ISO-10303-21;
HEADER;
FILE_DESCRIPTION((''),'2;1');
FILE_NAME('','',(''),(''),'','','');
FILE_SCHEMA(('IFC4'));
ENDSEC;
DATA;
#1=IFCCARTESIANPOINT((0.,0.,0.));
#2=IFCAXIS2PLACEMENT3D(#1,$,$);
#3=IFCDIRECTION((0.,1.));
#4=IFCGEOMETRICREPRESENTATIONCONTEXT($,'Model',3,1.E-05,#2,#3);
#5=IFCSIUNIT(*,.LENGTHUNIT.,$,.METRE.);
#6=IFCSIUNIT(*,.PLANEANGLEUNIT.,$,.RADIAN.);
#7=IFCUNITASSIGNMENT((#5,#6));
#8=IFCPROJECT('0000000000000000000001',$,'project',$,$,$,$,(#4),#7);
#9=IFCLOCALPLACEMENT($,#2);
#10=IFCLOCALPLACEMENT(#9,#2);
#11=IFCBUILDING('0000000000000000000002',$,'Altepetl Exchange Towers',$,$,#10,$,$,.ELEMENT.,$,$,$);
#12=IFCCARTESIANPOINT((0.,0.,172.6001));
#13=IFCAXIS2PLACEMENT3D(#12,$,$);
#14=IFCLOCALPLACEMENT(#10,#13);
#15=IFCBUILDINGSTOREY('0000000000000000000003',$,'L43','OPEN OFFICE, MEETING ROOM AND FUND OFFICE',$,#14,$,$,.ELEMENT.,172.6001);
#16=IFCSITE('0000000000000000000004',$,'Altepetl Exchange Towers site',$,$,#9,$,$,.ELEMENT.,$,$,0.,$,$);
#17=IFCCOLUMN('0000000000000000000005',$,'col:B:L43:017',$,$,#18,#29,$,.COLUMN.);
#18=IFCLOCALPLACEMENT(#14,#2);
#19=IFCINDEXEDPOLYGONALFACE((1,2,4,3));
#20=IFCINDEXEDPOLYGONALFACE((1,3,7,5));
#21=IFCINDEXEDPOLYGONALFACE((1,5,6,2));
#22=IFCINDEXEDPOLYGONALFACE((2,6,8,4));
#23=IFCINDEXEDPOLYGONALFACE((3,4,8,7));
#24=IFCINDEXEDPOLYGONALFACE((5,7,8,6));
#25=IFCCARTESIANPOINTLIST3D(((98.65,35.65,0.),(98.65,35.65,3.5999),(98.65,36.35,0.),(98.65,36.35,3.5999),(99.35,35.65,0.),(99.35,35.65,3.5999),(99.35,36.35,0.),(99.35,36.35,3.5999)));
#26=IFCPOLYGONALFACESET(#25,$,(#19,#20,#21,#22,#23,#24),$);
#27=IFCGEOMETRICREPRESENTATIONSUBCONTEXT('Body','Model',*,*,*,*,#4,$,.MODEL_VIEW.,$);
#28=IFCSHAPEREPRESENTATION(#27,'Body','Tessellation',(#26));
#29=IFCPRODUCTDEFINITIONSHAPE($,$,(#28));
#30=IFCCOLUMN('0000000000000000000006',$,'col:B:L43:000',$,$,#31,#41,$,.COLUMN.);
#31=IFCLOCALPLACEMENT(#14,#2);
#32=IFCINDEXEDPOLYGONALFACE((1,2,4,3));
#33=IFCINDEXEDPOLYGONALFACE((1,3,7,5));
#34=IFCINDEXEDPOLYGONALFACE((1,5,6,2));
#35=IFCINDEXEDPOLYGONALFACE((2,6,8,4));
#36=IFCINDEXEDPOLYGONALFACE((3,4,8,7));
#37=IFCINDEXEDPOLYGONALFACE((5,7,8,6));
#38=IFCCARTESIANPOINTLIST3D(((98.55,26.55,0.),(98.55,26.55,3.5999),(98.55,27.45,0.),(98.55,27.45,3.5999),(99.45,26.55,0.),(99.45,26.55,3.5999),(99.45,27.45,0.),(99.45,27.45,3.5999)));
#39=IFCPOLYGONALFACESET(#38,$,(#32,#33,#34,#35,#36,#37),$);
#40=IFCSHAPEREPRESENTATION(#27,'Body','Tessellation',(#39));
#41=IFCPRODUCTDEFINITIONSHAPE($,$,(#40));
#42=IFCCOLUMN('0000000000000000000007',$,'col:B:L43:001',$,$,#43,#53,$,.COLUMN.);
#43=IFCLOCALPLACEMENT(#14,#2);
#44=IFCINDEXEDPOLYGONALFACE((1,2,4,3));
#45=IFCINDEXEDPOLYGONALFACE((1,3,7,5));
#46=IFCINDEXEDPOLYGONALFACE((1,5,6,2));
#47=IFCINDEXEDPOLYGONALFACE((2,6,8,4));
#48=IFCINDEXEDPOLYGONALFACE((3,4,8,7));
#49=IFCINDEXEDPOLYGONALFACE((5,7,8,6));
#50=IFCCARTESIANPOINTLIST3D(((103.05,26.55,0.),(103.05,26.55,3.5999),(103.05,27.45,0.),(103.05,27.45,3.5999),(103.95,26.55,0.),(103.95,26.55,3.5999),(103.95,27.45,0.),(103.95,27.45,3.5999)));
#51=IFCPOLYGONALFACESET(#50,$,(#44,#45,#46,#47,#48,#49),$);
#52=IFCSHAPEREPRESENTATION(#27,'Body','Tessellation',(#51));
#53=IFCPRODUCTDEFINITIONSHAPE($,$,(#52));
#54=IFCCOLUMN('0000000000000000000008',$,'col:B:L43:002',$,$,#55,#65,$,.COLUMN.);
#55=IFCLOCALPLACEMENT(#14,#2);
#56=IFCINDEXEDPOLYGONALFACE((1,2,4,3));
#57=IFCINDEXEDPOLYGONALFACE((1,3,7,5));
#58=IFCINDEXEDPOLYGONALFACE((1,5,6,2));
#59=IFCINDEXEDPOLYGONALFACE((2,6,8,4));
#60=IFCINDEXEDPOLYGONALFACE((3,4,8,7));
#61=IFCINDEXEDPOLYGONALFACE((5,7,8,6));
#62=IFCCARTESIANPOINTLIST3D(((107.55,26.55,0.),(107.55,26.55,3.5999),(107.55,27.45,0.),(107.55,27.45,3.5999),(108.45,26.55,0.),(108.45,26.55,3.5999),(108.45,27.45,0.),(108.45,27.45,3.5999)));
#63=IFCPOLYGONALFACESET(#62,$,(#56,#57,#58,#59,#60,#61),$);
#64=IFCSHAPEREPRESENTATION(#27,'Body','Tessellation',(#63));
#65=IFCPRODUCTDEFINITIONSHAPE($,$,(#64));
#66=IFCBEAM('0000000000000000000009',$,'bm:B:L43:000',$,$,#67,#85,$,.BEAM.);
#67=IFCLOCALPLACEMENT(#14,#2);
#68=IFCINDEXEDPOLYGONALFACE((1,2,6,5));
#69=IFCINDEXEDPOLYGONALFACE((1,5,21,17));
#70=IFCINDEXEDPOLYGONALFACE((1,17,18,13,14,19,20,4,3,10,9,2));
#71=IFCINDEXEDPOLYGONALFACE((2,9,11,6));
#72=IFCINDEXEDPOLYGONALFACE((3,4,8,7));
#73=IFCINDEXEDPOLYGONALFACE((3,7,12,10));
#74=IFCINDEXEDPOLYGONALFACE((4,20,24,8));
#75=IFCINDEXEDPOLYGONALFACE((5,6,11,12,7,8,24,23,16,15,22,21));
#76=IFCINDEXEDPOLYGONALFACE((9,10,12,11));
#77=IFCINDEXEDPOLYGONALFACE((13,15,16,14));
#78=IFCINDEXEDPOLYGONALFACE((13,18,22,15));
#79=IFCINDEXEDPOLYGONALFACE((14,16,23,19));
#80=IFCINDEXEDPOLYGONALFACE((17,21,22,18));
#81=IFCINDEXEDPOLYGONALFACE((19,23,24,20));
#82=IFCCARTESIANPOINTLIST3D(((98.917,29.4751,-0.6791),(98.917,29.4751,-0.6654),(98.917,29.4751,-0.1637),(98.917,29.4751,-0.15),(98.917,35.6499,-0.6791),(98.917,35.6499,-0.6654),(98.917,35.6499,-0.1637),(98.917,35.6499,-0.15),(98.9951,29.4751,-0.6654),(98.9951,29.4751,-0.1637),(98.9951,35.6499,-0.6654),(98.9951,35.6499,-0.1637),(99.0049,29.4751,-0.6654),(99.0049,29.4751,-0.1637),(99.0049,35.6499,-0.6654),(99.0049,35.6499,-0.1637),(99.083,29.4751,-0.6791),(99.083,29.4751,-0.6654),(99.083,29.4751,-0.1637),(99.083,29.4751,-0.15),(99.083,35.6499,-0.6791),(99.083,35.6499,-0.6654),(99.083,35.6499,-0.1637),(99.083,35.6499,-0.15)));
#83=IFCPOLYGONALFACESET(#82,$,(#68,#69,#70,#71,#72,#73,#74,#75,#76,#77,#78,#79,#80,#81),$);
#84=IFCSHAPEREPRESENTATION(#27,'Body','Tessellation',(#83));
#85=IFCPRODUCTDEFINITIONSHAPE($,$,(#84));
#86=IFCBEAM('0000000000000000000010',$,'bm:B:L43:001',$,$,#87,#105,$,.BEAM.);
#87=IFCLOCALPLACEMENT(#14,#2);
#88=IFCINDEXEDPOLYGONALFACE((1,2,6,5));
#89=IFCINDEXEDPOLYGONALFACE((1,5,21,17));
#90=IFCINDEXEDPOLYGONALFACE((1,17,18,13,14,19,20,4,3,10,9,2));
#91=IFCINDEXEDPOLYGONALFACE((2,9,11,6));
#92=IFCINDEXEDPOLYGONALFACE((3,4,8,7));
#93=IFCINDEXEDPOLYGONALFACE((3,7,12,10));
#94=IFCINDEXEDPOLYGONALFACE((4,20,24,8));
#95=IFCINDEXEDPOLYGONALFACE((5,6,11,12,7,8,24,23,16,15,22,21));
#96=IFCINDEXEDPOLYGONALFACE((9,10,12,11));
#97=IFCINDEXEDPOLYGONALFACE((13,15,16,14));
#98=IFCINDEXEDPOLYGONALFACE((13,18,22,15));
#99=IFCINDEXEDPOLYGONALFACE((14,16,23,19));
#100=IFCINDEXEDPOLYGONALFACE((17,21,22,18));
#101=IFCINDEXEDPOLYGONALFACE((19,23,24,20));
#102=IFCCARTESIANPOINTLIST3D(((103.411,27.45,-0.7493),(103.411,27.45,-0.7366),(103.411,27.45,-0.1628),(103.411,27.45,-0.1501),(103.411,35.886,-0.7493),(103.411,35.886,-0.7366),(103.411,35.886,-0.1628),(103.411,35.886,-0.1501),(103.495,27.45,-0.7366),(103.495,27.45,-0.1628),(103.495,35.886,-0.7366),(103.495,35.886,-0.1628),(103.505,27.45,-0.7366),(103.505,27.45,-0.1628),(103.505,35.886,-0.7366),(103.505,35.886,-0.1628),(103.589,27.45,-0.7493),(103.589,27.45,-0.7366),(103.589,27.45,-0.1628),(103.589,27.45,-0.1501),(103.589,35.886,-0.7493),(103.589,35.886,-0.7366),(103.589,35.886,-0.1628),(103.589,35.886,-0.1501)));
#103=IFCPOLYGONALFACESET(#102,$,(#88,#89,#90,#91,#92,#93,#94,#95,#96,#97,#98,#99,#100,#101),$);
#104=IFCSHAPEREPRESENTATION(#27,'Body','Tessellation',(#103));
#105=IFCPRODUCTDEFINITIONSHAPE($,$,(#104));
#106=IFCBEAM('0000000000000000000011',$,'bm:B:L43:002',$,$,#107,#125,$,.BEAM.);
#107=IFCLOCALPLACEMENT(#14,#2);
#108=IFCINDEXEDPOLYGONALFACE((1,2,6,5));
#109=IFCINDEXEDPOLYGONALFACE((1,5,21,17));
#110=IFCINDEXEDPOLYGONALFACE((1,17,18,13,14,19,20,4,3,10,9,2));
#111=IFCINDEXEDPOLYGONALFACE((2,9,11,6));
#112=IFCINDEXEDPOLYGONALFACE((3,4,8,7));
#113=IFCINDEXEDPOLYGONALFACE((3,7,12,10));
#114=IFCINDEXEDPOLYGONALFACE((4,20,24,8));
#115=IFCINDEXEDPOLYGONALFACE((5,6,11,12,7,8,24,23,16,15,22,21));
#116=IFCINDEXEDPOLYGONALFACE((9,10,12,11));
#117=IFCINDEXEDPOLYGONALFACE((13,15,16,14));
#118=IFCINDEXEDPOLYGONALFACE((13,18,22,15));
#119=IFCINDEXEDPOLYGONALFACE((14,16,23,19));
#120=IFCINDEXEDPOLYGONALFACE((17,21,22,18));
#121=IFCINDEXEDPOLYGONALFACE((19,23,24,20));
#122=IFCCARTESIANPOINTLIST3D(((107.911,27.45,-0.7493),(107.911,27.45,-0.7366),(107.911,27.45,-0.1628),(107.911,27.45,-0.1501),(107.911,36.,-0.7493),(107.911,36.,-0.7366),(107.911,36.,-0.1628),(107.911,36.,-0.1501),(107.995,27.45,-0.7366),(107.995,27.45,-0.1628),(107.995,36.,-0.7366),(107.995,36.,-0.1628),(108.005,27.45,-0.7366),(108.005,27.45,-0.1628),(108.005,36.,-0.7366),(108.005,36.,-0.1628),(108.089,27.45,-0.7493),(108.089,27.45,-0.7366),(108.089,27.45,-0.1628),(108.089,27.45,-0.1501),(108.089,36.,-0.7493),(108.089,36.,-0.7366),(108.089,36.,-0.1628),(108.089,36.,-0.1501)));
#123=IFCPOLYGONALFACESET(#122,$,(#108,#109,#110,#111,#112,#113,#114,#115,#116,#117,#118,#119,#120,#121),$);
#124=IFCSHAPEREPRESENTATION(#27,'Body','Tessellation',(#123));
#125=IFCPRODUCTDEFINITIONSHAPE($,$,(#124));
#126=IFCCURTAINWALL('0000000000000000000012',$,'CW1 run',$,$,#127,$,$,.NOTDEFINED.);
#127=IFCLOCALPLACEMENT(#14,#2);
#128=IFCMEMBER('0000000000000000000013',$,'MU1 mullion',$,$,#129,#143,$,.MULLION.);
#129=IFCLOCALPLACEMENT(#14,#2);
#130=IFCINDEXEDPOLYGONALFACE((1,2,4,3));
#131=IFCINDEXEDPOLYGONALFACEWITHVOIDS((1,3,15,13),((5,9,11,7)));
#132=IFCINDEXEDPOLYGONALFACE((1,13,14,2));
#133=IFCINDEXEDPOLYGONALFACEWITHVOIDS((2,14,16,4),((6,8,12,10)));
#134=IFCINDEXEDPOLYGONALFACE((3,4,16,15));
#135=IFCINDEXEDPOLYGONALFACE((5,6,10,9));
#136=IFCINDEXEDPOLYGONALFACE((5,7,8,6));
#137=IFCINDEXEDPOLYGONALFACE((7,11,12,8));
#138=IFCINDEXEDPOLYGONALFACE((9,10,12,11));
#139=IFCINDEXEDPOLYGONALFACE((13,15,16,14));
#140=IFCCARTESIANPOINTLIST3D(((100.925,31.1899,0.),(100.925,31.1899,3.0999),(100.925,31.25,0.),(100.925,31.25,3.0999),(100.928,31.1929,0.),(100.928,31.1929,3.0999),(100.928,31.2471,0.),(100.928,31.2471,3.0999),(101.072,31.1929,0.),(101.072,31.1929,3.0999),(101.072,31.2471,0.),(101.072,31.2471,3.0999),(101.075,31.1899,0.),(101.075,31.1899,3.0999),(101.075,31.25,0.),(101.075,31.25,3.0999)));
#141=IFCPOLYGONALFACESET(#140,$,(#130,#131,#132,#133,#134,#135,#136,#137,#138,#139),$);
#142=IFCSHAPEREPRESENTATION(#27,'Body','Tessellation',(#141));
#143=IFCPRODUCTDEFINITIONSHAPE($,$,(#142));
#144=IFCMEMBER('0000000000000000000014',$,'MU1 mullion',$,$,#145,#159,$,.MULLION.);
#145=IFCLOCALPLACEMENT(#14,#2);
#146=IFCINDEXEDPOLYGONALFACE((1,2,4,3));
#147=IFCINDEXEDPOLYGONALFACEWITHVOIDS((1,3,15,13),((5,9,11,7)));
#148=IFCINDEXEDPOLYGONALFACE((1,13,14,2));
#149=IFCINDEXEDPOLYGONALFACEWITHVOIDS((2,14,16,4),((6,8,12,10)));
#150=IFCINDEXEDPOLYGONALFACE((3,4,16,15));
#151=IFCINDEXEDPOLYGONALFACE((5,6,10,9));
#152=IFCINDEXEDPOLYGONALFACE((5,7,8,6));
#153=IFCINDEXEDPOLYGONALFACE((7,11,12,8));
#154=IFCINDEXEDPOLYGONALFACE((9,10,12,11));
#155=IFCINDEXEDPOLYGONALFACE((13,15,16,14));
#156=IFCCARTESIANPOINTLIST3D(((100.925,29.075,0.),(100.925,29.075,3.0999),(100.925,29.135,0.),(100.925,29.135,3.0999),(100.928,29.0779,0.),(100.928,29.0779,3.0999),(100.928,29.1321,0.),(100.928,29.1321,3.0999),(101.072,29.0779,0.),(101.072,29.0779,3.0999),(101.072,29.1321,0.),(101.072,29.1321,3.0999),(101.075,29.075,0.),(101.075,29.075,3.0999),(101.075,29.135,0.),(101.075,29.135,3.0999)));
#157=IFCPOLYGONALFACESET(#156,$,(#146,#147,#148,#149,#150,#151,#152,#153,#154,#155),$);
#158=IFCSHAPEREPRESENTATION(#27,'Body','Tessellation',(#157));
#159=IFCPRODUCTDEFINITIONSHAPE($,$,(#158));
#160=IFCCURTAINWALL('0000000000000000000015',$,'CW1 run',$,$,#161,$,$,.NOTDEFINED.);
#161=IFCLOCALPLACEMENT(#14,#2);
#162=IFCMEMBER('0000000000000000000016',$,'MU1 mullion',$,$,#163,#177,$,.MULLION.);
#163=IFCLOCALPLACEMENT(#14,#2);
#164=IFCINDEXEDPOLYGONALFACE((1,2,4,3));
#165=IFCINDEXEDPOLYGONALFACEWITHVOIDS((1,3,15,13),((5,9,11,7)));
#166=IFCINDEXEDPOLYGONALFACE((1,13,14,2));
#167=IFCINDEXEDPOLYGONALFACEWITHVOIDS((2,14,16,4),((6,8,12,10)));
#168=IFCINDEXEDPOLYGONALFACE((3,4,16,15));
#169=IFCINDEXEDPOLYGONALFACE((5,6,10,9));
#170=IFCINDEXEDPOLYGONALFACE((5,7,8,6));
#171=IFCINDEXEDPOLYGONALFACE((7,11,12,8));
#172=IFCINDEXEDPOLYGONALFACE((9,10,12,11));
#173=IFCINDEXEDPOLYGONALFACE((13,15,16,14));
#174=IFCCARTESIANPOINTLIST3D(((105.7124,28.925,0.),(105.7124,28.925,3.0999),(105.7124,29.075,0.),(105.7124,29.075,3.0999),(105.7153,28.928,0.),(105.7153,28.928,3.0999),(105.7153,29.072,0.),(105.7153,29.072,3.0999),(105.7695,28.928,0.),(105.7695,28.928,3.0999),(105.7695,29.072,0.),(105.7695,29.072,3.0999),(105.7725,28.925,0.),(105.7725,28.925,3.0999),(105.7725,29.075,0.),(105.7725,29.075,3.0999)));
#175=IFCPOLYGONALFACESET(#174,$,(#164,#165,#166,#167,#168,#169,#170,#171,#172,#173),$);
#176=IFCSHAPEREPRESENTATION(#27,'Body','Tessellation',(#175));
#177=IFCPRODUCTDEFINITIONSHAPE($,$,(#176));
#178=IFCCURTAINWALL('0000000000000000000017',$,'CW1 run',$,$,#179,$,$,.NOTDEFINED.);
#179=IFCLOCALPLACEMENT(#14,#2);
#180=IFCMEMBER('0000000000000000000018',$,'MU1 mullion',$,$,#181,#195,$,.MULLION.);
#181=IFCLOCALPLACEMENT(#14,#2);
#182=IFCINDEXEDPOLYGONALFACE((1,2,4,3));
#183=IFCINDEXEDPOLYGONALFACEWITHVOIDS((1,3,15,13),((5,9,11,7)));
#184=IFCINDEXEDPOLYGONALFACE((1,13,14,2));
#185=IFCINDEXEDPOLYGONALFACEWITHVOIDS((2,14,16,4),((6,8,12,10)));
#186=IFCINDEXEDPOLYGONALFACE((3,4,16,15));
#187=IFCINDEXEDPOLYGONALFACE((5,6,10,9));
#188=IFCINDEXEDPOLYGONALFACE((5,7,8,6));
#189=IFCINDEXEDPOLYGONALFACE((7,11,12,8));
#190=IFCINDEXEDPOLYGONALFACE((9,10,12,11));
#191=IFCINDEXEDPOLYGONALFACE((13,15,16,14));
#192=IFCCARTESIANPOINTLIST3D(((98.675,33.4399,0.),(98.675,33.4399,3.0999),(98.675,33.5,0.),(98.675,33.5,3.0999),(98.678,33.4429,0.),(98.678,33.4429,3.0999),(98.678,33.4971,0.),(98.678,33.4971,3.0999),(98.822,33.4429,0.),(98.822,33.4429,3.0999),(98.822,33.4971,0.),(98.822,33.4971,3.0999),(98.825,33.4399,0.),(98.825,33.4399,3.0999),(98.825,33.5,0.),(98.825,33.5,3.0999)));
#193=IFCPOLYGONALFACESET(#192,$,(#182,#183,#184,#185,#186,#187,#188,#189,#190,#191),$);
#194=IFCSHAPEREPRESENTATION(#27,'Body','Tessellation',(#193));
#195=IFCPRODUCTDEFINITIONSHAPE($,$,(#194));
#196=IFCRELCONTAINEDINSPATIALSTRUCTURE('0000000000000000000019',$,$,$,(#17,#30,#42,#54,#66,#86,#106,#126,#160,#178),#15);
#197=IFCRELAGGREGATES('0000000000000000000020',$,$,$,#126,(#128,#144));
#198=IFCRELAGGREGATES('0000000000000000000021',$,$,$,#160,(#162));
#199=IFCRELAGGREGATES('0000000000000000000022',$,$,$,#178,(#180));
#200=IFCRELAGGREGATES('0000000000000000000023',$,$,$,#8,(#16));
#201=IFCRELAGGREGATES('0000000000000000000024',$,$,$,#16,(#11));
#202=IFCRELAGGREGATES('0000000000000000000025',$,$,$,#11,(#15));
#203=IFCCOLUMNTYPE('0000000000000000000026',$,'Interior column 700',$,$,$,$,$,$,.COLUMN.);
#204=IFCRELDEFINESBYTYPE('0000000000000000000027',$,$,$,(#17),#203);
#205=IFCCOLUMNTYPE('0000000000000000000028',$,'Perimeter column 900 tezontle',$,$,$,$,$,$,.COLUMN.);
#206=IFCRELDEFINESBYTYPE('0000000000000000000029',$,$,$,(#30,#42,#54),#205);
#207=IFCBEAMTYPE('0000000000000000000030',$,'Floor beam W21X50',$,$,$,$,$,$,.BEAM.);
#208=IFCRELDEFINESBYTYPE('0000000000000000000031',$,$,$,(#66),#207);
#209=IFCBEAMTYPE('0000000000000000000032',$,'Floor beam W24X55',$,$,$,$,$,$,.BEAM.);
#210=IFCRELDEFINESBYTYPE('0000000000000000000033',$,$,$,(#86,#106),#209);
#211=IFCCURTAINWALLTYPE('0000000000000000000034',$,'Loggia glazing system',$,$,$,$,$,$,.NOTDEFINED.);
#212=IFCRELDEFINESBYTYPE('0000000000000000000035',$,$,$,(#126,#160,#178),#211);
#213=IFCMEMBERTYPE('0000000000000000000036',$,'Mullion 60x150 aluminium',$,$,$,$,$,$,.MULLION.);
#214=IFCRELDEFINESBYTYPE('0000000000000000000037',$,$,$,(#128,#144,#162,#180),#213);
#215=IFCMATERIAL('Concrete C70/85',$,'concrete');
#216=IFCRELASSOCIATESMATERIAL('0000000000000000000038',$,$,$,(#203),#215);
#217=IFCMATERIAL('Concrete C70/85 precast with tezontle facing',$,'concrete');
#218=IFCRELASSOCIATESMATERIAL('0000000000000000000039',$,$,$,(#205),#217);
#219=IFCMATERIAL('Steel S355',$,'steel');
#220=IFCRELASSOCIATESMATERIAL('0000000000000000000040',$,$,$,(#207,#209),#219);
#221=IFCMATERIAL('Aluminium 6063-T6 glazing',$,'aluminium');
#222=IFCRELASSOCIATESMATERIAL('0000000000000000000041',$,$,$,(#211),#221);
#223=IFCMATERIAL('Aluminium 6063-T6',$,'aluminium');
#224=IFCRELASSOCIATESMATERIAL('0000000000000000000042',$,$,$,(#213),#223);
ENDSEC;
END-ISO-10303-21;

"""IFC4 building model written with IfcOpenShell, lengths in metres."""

from ifc_helpers import new_model, si_unit, direction, frame, origin, origin_2d, place, context, subcontext, project, spatial, rectangle, hollow_rectangle, i_section, extrude, material, material_profile, profile_set, type_object, element, aggregate, save


model = new_model("IFC4")

# Units and contexts
model_context = context("Model", 3, precision=1e-05, world=origin(), true_north=direction((0.0, 1.0)))
body_context = subcontext(model_context, "Body", "Model", "MODEL_VIEW")
ifc_project = project(units=[si_unit("LENGTHUNIT", "METRE"), si_unit("PLANEANGLEUNIT", "RADIAN")], contexts=[model_context])

# Site, building, storey
site_placement = place(None, origin())
site = spatial("IfcSite", under=ifc_project, at=site_placement, Name="Altepetl Exchange Towers site", CompositionType="ELEMENT", RefElevation=0.0)
building_placement = place(site_placement, origin())
building = spatial("IfcBuilding", under=site, at=building_placement, Name="Altepetl Exchange Towers", CompositionType="ELEMENT")
storey_placement = place(building_placement, frame((0.0, 0.0, 172.6001)))
storey = spatial("IfcBuildingStorey", under=building, at=storey_placement, Name="L43", Description="OPEN OFFICE, MEETING ROOM AND FUND OFFICE", CompositionType="ELEMENT", Elevation=172.6001)

# Columns
ifc_material_1 = material(Name="Concrete C70/85", Category="concrete")
ifc_material_profile_1 = material_profile(ifc_material_1, rectangle(XDim=0.7, YDim=0.7, at=origin_2d()), Name="700 x 700")
ifc_profile_set_1 = profile_set([ifc_material_profile_1], Name="Concrete C70/85")
column_type_1 = type_object("IfcColumnType", Name="Interior column 700", PredefinedType="COLUMN", material=ifc_profile_set_1)
column_placement = place(storey_placement, frame((99.0, 36.0, 0.0)))
element("IfcColumn", 1, at=column_placement, inside=storey, type_object=column_type_1, Name="col:B:L43:017", PredefinedType="COLUMN", context=body_context, shape_type="SweptSolid", body=[
    extrude(rectangle(XDim=0.7, YDim=0.7, at=origin_2d()), origin(), (0.0, 0.0, 1.0), 3.5999),
])
ifc_material_2 = material(Name="Concrete C70/85 precast with tezontle facing", Category="concrete")
ifc_material_profile_2 = material_profile(ifc_material_2, rectangle(XDim=0.8999, YDim=0.8999, at=origin_2d()), Name="900 x 900")
ifc_profile_set_2 = profile_set([ifc_material_profile_2], Name="Concrete C70/85 precast with tezontle facing")
column_type_2 = type_object("IfcColumnType", Name="Perimeter column 900 tezontle", PredefinedType="COLUMN", material=ifc_profile_set_2)
for number, where, name in (
    (2, (99.0, 27.0, 0.0), "col:B:L43:000"),
    (3, (103.5, 27.0, 0.0), "col:B:L43:001"),
    (4, (108.0, 27.0, 0.0), "col:B:L43:002"),
):
    element("IfcColumn", number, at=place(storey_placement, frame(where)), inside=storey, type_object=column_type_2, Name=name, PredefinedType="COLUMN", context=body_context, shape_type="SweptSolid", body=[
        extrude(rectangle(XDim=0.8999, YDim=0.8999, at=origin_2d()), origin(), (0.0, 0.0, 1.0), 3.5999),
    ])

# Beams
ifc_material_3 = material(Name="Steel S355", Category="steel")
ifc_material_profile_3 = material_profile(ifc_material_3, i_section(OverallWidth=0.166, OverallDepth=0.5291, WebThickness=0.0098, FlangeThickness=0.0137, at=origin_2d()), Name="W21X50")
ifc_profile_set_3 = profile_set([ifc_material_profile_3], Name="Steel S355")
beam_type_1 = type_object("IfcBeamType", Name="Floor beam W21X50", PredefinedType="BEAM", material=ifc_profile_set_3)
beam_1_placement = place(storey_placement, frame((99.0, 29.4751, -0.4146), z_axis=(0.0, 1.0, 0.0), x_axis=(-1.0, 0.0, 0.0)))
element("IfcBeam", 5, at=beam_1_placement, inside=storey, type_object=beam_type_1, Name="bm:B:L43:000", PredefinedType="BEAM", context=body_context, shape_type="SweptSolid", body=[
    extrude(i_section(OverallWidth=0.166, OverallDepth=0.5291, WebThickness=0.0098, FlangeThickness=0.0137, at=origin_2d()), origin(), (0.0, 0.0, 1.0), 6.1748),
])
ifc_material_profile_4 = material_profile(ifc_material_3, i_section(OverallWidth=0.178, OverallDepth=0.5991, WebThickness=0.01, FlangeThickness=0.0127, at=origin_2d()), Name="W24X55")
ifc_profile_set_4 = profile_set([ifc_material_profile_4], Name="Steel S355")
beam_type_2 = type_object("IfcBeamType", Name="Floor beam W24X55", PredefinedType="BEAM", material=ifc_profile_set_4)
beam_2_placement = place(storey_placement, frame((103.5, 27.45, -0.4497), z_axis=(0.0, 1.0, 0.0), x_axis=(-1.0, 0.0, 0.0)))
element("IfcBeam", 6, at=beam_2_placement, inside=storey, type_object=beam_type_2, Name="bm:B:L43:001", PredefinedType="BEAM", context=body_context, shape_type="SweptSolid", body=[
    extrude(i_section(OverallWidth=0.178, OverallDepth=0.5991, WebThickness=0.01, FlangeThickness=0.0127, at=origin_2d()), origin(), (0.0, 0.0, 1.0), 8.436),
])
beam_3_placement = place(storey_placement, frame((108.0, 27.45, -0.4497), z_axis=(0.0, 1.0, 0.0), x_axis=(-1.0, 0.0, 0.0)))
element("IfcBeam", 7, at=beam_3_placement, inside=storey, type_object=beam_type_2, Name="bm:B:L43:002", PredefinedType="BEAM", context=body_context, shape_type="SweptSolid", body=[
    extrude(i_section(OverallWidth=0.178, OverallDepth=0.5991, WebThickness=0.01, FlangeThickness=0.0127, at=origin_2d()), origin(), (0.0, 0.0, 1.0), 8.55),
])

# Curtain wall, members
ifc_material_4 = material(Name="Aluminium 6063-T6 glazing", Category="aluminium")
curtain_wall_type = type_object("IfcCurtainWallType", Name="Loggia glazing system", PredefinedType="NOTDEFINED", material=ifc_material_4)
curtain_wall_1_placement = place(storey_placement, origin())
curtain_wall_1 = element("IfcCurtainWall", 8, at=curtain_wall_1_placement, inside=storey, type_object=curtain_wall_type, Name="CW1 run", PredefinedType="NOTDEFINED")
ifc_material_5 = material(Name="Aluminium 6063-T6", Category="aluminium")
ifc_material_profile_5 = material_profile(ifc_material_5, hollow_rectangle(XDim=0.0601, YDim=0.1499, WallThickness=0.0029, at=origin_2d()), Name="Mullion 60x150 aluminium")
ifc_profile_set_5 = profile_set([ifc_material_profile_5], Name="Aluminium 6063-T6")
member_type = type_object("IfcMemberType", Name="Mullion 60x150 aluminium", PredefinedType="MULLION", material=ifc_profile_set_5)
member_1_placement = place(storey_placement, frame((101.0, 31.22, 0.0), z_axis=(0.0, 0.0, 1.0), x_axis=(0.0, -1.0, 0.0)))
member_1 = element("IfcMember", 9, at=member_1_placement, type_object=member_type, Name="MU1 mullion", PredefinedType="MULLION", context=body_context, shape_type="SweptSolid", body=[
    extrude(hollow_rectangle(XDim=0.0601, YDim=0.1499, WallThickness=0.0029, at=origin_2d()), origin(), (0.0, 0.0, 1.0), 3.0999),
])
member_2_placement = place(storey_placement, frame((101.0, 29.105, 0.0), z_axis=(0.0, 0.0, 1.0), x_axis=(0.0, -1.0, 0.0)))
member_2 = element("IfcMember", 10, at=member_2_placement, type_object=member_type, Name="MU1 mullion", PredefinedType="MULLION", context=body_context, shape_type="SweptSolid", body=[
    extrude(hollow_rectangle(XDim=0.0601, YDim=0.1499, WallThickness=0.0029, at=origin_2d()), origin(), (0.0, 0.0, 1.0), 3.0999),
])

# Curtain wall, member
curtain_wall_2_placement = place(storey_placement, origin())
curtain_wall_2 = element("IfcCurtainWall", 11, at=curtain_wall_2_placement, inside=storey, type_object=curtain_wall_type, Name="CW1 run", PredefinedType="NOTDEFINED")
member_3_placement = place(storey_placement, frame((105.7424, 29.0, 0.0)))
member_3 = element("IfcMember", 12, at=member_3_placement, type_object=member_type, Name="MU1 mullion", PredefinedType="MULLION", context=body_context, shape_type="SweptSolid", body=[
    extrude(hollow_rectangle(XDim=0.0601, YDim=0.1499, WallThickness=0.0029, at=origin_2d()), origin(), (0.0, 0.0, 1.0), 3.0999),
])

# Curtain wall, member
curtain_wall_3_placement = place(storey_placement, origin())
curtain_wall_3 = element("IfcCurtainWall", 13, at=curtain_wall_3_placement, inside=storey, type_object=curtain_wall_type, Name="CW1 run", PredefinedType="NOTDEFINED")
member_4_placement = place(storey_placement, frame((98.75, 33.47, 0.0), z_axis=(0.0, 0.0, 1.0), x_axis=(0.0, -1.0, 0.0)))
member_4 = element("IfcMember", 14, at=member_4_placement, type_object=member_type, Name="MU1 mullion", PredefinedType="MULLION", context=body_context, shape_type="SweptSolid", body=[
    extrude(hollow_rectangle(XDim=0.0601, YDim=0.1499, WallThickness=0.0029, at=origin_2d()), origin(), (0.0, 0.0, 1.0), 3.0999),
])

aggregate(curtain_wall_1, [member_1, member_2])
aggregate(curtain_wall_2, [member_3])
aggregate(curtain_wall_3, [member_4])

save(model, "model.ifc")
